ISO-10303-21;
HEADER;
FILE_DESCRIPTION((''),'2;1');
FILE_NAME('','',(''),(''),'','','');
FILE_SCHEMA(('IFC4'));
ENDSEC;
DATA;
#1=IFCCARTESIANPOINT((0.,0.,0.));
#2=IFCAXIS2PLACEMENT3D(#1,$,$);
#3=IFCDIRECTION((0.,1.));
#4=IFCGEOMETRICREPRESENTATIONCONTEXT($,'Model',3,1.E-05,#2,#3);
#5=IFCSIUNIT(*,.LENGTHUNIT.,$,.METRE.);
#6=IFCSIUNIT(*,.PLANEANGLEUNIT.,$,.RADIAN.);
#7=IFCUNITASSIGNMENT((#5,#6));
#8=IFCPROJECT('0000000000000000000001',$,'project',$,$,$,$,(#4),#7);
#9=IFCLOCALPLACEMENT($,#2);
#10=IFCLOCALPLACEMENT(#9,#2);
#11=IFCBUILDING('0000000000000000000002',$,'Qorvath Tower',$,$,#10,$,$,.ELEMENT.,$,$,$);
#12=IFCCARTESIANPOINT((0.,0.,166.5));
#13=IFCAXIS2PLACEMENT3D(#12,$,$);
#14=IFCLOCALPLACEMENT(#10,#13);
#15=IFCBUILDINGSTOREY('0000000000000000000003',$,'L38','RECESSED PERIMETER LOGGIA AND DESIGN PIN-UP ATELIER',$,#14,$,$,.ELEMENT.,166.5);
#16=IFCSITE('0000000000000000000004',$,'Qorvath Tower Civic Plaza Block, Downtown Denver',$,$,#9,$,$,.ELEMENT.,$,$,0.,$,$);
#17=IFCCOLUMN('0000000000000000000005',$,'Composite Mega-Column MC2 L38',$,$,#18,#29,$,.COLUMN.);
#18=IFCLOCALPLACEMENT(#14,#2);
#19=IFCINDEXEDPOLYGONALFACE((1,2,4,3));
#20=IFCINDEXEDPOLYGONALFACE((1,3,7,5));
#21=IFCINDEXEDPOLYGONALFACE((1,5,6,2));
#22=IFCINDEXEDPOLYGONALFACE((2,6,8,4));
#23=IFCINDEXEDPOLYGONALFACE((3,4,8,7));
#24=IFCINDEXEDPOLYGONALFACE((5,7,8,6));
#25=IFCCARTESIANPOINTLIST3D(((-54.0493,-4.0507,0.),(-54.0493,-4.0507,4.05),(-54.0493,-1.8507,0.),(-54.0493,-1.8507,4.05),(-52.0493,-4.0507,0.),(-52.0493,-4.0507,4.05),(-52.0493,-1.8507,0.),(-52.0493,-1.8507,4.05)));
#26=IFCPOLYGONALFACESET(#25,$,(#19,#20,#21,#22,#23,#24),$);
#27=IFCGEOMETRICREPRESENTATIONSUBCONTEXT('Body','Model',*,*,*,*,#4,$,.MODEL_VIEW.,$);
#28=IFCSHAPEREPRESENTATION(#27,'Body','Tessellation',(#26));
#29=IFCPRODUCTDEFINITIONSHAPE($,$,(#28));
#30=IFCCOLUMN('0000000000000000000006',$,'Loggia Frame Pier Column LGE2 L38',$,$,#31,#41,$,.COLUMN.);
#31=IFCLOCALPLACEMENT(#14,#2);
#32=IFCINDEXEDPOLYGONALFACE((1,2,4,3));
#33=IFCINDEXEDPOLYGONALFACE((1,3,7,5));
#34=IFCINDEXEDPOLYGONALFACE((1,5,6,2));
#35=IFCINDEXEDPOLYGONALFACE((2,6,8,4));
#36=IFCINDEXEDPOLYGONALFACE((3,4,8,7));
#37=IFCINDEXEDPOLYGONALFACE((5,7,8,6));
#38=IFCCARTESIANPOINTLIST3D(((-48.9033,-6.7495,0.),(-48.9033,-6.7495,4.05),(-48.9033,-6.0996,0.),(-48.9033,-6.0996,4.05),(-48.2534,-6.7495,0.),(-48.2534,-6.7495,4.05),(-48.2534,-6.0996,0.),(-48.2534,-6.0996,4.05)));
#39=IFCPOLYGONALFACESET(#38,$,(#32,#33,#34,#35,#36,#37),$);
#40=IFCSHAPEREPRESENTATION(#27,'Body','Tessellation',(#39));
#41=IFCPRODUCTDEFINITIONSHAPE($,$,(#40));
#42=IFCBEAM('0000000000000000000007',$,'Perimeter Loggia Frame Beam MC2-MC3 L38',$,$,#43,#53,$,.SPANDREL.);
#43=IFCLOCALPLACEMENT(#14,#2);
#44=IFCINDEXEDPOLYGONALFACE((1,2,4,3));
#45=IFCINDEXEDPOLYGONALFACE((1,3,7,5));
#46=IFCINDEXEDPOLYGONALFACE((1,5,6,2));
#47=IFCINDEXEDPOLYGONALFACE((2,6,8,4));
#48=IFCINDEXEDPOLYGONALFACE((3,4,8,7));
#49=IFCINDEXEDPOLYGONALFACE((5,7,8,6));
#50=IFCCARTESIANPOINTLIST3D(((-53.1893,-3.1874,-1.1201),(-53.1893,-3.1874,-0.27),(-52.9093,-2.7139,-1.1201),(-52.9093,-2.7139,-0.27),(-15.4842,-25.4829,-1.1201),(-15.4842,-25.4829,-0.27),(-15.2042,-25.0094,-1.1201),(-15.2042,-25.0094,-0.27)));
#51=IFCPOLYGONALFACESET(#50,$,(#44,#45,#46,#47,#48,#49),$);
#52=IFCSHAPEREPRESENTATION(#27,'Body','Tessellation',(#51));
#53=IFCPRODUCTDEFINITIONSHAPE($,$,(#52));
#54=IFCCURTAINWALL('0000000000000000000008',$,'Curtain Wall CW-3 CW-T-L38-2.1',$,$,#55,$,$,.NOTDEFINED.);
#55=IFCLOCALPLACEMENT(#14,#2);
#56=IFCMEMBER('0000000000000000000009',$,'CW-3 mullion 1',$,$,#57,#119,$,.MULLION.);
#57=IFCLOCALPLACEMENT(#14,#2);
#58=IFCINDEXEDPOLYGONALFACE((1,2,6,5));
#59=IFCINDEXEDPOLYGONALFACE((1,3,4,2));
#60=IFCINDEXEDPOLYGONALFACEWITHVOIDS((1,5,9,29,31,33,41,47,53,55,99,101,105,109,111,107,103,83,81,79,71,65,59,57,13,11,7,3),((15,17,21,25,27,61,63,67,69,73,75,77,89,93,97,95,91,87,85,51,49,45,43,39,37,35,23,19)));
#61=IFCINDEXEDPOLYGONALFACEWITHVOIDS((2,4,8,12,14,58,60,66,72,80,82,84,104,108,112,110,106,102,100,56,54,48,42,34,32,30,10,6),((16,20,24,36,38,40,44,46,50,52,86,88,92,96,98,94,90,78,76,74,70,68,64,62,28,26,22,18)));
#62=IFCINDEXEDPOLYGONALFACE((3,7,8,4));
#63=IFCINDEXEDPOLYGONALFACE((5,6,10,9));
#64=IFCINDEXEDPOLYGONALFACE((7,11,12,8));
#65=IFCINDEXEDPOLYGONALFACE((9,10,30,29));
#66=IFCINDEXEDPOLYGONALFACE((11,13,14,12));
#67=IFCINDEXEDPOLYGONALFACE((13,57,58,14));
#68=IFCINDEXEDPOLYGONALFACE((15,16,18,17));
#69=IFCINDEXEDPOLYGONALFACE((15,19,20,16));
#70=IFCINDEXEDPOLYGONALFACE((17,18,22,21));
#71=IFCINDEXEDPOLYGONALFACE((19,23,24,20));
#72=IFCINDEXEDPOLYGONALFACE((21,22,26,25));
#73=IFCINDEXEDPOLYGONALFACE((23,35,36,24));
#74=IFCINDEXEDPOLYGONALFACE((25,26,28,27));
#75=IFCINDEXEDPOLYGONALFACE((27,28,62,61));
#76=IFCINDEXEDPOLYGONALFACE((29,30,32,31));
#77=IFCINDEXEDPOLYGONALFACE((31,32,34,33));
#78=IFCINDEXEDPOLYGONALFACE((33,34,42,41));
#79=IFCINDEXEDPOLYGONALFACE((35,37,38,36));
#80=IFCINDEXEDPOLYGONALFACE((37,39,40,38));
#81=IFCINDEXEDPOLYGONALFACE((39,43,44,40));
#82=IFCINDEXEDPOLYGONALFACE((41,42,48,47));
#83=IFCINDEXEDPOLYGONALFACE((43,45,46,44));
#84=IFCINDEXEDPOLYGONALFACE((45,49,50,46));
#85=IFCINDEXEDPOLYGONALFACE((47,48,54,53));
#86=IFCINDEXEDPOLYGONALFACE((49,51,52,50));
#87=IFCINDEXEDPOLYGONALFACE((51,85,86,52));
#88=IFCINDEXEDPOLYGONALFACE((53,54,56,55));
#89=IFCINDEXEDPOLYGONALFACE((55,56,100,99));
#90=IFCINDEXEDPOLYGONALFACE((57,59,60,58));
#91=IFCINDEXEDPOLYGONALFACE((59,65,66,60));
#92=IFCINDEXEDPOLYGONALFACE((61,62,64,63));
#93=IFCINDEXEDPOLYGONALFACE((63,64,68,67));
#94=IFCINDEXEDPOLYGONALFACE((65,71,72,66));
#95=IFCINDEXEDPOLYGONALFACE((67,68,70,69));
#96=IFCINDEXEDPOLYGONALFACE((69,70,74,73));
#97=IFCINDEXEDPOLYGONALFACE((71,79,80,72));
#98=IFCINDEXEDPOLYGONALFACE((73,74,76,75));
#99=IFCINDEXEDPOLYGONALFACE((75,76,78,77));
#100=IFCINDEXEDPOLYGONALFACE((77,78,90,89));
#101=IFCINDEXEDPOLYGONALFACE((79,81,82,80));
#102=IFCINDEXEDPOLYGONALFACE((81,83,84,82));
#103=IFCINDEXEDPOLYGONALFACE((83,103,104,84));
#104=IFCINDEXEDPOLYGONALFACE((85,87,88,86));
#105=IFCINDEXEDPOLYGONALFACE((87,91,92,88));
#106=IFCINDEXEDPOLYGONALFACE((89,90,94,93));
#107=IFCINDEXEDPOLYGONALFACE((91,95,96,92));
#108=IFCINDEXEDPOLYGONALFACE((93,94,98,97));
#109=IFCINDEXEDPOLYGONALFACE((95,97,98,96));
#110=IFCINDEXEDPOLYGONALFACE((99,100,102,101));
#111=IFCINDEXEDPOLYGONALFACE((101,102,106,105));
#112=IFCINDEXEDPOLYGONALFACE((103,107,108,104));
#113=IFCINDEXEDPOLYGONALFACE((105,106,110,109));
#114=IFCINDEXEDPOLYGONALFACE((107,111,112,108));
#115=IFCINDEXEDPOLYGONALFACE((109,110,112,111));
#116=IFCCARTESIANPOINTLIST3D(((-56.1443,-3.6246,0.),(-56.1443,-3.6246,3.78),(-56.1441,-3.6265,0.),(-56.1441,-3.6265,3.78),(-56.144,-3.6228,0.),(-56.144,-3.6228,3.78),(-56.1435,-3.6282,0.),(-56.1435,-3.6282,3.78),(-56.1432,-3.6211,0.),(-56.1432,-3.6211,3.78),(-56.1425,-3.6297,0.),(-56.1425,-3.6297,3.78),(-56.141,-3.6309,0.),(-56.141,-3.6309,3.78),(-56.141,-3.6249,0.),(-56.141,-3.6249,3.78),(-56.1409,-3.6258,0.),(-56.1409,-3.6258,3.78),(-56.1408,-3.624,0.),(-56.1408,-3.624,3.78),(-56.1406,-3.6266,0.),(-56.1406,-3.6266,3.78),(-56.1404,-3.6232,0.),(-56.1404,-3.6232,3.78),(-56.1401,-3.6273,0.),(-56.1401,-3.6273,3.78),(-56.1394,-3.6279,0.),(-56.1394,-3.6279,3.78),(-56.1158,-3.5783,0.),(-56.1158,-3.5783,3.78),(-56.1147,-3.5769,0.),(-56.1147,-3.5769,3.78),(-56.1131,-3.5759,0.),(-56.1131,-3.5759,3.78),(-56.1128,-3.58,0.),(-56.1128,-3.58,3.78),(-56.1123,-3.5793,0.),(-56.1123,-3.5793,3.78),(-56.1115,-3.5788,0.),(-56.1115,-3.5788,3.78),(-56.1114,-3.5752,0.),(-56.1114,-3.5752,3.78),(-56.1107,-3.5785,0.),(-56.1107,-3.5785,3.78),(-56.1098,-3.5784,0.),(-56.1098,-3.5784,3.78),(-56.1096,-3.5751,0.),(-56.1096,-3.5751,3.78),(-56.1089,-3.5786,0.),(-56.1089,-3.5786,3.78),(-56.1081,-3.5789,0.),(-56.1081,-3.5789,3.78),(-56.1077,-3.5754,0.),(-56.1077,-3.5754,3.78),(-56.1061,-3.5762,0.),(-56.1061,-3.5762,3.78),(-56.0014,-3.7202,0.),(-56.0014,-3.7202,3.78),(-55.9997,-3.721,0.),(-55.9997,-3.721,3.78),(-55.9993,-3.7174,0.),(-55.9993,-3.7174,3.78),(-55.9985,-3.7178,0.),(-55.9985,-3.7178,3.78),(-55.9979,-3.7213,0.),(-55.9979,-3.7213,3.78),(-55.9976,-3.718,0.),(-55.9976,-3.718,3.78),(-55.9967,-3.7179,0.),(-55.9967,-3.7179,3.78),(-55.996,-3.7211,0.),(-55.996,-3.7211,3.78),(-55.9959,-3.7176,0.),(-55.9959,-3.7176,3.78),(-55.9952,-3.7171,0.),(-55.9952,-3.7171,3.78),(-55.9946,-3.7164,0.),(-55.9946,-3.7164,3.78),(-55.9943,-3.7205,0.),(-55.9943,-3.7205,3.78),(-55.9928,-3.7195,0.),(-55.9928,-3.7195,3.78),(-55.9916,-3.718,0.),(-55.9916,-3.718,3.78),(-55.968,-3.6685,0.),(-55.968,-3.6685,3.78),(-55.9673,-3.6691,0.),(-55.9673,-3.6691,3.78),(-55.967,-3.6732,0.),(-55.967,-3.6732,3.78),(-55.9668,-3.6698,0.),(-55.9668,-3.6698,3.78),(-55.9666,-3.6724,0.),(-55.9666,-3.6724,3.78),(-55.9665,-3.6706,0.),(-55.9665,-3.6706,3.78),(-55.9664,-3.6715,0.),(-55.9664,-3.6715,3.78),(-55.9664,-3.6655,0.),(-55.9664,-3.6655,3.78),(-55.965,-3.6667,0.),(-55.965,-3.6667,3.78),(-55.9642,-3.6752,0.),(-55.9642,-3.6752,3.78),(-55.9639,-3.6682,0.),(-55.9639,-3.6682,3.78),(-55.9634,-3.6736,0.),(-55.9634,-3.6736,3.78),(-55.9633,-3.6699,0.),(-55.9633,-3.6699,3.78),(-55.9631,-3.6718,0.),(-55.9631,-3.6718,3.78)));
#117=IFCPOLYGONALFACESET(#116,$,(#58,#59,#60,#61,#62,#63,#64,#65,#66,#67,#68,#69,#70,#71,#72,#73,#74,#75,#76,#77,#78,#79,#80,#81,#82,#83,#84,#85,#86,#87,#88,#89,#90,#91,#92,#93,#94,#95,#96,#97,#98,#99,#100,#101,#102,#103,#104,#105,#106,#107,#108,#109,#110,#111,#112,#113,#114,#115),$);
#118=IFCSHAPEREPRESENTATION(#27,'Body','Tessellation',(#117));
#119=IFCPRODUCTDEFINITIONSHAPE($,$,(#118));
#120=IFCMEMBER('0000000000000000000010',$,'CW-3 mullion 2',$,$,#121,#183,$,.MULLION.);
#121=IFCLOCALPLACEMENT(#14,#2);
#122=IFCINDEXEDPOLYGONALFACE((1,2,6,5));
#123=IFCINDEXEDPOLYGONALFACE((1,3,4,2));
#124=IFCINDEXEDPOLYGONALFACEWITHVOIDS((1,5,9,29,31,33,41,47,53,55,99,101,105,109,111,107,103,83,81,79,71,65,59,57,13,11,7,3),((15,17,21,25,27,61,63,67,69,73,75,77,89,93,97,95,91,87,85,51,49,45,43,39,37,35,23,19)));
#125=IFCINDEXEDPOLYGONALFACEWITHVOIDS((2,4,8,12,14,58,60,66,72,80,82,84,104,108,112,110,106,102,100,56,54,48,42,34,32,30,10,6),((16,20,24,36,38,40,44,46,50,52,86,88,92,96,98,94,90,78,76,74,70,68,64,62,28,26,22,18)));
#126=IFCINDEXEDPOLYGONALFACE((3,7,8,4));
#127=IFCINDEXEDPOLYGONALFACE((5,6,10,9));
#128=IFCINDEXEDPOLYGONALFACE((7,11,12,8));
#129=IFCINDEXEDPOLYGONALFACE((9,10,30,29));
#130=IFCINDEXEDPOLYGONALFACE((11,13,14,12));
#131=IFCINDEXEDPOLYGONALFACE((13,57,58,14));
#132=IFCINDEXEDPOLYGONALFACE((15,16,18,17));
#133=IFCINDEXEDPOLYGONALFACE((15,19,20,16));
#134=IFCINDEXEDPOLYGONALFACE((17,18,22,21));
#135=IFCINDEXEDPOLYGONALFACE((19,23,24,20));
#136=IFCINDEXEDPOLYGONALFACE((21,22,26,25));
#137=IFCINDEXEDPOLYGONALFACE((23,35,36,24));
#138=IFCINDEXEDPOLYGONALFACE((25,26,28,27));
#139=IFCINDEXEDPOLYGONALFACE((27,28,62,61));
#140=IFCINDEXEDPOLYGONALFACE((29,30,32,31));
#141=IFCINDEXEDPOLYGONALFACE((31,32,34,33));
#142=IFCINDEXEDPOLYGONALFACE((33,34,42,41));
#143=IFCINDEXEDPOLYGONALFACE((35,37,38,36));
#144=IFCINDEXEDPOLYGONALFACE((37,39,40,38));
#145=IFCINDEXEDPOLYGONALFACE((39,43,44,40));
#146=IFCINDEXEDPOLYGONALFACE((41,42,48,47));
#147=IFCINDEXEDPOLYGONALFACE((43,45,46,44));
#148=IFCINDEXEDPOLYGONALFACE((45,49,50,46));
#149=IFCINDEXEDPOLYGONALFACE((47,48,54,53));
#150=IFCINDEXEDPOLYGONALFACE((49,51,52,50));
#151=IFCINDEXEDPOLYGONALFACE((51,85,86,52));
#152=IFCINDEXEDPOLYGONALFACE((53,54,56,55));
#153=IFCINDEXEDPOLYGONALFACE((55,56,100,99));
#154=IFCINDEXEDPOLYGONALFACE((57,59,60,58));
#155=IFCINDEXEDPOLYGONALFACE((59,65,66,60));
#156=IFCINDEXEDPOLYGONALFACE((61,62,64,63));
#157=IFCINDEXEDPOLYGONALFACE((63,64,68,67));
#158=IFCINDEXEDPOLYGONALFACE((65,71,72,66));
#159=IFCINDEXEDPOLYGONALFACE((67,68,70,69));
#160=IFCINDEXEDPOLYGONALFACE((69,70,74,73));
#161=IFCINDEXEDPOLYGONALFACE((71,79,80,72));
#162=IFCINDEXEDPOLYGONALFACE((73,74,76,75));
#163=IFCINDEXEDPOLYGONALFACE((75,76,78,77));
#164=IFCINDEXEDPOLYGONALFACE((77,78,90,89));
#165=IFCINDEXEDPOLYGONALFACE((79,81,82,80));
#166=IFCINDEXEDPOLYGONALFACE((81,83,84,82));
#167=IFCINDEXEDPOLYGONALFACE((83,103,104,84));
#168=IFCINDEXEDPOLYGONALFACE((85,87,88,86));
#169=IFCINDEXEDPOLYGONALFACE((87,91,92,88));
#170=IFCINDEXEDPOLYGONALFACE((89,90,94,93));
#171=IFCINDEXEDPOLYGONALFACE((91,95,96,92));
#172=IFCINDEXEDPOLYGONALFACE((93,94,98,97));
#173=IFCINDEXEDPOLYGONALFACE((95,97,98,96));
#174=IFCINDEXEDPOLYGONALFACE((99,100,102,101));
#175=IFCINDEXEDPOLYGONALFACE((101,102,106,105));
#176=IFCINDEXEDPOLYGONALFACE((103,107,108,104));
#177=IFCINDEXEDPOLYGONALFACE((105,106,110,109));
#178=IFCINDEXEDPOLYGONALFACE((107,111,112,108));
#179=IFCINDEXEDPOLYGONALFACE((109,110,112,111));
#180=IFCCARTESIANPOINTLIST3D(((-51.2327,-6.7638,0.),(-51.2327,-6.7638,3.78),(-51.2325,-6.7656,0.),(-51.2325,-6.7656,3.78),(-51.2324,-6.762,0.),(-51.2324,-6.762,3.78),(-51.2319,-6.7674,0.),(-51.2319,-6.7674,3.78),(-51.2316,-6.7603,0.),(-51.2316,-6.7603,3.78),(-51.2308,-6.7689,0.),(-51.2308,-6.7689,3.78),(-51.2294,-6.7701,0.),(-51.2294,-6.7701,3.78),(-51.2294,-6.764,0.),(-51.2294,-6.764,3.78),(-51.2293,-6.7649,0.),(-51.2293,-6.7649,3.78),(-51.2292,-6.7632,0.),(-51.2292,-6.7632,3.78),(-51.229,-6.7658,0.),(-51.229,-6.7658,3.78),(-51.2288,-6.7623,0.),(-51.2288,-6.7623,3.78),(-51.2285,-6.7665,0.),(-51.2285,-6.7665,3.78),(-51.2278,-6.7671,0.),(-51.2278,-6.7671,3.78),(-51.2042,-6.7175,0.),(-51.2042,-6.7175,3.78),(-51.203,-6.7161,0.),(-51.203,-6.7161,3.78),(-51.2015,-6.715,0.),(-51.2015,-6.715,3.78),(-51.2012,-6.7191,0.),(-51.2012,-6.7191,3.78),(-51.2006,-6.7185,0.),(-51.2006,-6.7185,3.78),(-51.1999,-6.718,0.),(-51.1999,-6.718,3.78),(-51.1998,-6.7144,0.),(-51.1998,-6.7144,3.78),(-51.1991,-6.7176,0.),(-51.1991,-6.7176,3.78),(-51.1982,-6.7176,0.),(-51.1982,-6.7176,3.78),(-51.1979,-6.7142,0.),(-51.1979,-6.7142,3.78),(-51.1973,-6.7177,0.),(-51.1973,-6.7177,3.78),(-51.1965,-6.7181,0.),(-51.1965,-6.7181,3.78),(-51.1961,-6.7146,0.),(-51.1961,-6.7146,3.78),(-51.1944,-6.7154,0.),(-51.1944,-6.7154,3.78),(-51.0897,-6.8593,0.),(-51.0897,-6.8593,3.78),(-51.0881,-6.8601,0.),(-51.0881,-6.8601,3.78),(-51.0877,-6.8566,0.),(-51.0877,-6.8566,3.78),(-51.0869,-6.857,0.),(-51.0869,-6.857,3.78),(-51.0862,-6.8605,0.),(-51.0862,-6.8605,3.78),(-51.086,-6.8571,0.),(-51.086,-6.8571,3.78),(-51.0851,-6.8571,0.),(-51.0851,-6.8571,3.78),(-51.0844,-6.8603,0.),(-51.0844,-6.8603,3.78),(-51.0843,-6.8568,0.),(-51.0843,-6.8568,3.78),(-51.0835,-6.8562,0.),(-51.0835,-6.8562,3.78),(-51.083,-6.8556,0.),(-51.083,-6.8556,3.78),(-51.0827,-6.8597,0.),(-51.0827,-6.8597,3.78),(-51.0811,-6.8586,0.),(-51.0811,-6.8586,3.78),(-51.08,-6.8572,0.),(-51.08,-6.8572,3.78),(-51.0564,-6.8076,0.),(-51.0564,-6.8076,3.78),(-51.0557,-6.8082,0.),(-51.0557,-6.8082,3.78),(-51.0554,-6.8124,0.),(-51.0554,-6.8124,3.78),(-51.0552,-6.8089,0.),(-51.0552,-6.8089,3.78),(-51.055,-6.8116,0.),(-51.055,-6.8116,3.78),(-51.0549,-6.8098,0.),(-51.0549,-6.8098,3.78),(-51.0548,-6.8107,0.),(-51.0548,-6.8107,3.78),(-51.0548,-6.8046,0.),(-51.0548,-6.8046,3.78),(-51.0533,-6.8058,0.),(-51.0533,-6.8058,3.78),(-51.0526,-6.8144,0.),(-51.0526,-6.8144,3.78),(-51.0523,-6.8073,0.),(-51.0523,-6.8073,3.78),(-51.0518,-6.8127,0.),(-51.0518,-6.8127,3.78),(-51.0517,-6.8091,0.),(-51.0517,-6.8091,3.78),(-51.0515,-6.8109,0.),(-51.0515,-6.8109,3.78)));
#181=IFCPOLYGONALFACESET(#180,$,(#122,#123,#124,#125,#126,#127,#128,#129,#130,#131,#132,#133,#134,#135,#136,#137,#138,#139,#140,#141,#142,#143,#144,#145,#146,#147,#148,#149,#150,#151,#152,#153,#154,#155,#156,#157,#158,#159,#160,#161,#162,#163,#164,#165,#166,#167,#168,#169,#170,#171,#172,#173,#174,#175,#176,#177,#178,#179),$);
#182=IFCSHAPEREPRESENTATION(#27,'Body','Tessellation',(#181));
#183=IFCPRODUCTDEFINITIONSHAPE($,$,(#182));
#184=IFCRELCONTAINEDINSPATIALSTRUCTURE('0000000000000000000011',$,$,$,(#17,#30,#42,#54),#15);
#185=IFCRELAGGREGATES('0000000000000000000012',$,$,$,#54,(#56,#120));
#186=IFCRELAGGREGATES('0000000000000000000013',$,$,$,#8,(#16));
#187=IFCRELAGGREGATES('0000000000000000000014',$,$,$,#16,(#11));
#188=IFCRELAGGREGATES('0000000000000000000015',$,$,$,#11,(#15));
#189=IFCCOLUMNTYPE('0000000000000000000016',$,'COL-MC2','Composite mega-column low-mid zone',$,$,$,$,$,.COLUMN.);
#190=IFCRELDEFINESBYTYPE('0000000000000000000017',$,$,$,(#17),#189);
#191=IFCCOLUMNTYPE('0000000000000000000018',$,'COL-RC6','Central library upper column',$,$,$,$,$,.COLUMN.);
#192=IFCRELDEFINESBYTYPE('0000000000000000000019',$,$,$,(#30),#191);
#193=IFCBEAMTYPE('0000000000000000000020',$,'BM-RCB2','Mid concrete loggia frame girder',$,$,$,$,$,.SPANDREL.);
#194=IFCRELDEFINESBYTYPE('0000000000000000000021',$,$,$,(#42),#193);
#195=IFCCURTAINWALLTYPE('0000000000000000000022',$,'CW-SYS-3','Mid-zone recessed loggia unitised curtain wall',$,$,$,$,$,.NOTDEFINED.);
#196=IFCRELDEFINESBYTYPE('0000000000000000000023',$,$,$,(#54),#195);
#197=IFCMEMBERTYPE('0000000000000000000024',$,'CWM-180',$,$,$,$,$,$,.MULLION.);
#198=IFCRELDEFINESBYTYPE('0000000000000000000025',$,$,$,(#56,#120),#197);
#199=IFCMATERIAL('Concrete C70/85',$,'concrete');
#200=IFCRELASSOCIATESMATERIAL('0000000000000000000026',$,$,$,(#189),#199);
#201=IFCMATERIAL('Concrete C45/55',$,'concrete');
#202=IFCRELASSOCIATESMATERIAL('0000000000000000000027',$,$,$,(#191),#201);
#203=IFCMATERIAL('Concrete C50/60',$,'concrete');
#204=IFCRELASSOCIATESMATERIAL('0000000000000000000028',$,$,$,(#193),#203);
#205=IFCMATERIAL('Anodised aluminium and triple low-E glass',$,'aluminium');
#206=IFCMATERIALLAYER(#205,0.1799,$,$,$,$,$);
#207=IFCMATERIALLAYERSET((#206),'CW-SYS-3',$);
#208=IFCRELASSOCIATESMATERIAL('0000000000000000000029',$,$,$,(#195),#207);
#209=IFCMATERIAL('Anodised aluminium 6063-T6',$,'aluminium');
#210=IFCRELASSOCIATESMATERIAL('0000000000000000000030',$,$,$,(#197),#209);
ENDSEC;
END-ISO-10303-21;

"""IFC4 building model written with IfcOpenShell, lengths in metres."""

from ifc_helpers import new_model, si_unit, direction, frame, origin, origin_2d, place, context, subcontext, project, spatial, rectangle, hollow_rectangle, extrude, material, layer, layer_set, material_profile, profile_set, type_object, element, aggregate, save


model = new_model("IFC4")

# Units and contexts
model_context = context("Model", 3, precision=1e-05, world=origin(), true_north=direction((0.0, 1.0)))
body_context = subcontext(model_context, "Body", "Model", "MODEL_VIEW")
ifc_project = project(units=[si_unit("LENGTHUNIT", "METRE"), si_unit("PLANEANGLEUNIT", "RADIAN")], contexts=[model_context])

# Site, building, storey
site_placement = place(None, origin())
site = spatial("IfcSite", under=ifc_project, at=site_placement, Name="Qorvath Tower Civic Plaza Block, Downtown Denver", CompositionType="ELEMENT", RefElevation=0.0)
building_placement = place(site_placement, origin())
building = spatial("IfcBuilding", under=site, at=building_placement, Name="Qorvath Tower", CompositionType="ELEMENT")
storey_placement = place(building_placement, frame((0.0, 0.0, 166.5)))
storey = spatial("IfcBuildingStorey", under=building, at=storey_placement, Name="L38", Description="RECESSED PERIMETER LOGGIA AND DESIGN PIN-UP ATELIER", CompositionType="ELEMENT", Elevation=166.5)

# Columns
ifc_material_1 = material(Name="Concrete C70/85", Category="concrete")
ifc_material_profile_1 = material_profile(ifc_material_1, rectangle(XDim=2.0, YDim=2.2, at=origin_2d()), Name="MC 2200x2000")
ifc_profile_set_1 = profile_set([ifc_material_profile_1], Name="Concrete C70/85")
column_type_1 = type_object("IfcColumnType", Name="COL-MC2", Description="Composite mega-column low-mid zone", PredefinedType="COLUMN", material=ifc_profile_set_1)
column_1_placement = place(storey_placement, frame((-53.0493, -2.9507, 0.0), z_axis=(0.0, 0.0, 1.0), x_axis=(1.0, 0.0, 0.0)))
element("IfcColumn", 1, at=column_1_placement, inside=storey, type_object=column_type_1, Name="Composite Mega-Column MC2 L38", PredefinedType="COLUMN", context=body_context, shape_type="SweptSolid", body=[
    extrude(rectangle(XDim=2.0, YDim=2.2, at=origin_2d()), origin(), (0.0, 0.0, 1.0), 4.05),
])
ifc_material_2 = material(Name="Concrete C45/55", Category="concrete")
ifc_material_profile_2 = material_profile(ifc_material_2, rectangle(XDim=0.6499, YDim=0.6499, at=origin_2d()), Name="RC 650x650")
ifc_profile_set_2 = profile_set([ifc_material_profile_2], Name="Concrete C45/55")
column_type_2 = type_object("IfcColumnType", Name="COL-RC6", Description="Central library upper column", PredefinedType="COLUMN", material=ifc_profile_set_2)
column_2_placement = place(storey_placement, frame((-48.5784, -6.4246, 0.0), z_axis=(0.0, 0.0, 1.0), x_axis=(1.0, 0.0, 0.0)))
element("IfcColumn", 2, at=column_2_placement, inside=storey, type_object=column_type_2, Name="Loggia Frame Pier Column LGE2 L38", PredefinedType="COLUMN", context=body_context, shape_type="SweptSolid", body=[
    extrude(rectangle(XDim=0.6499, YDim=0.6499, at=origin_2d()), origin(), (0.0, 0.0, 1.0), 4.05),
])

# Beam
ifc_material_3 = material(Name="Concrete C50/60", Category="concrete")
ifc_material_profile_3 = material_profile(ifc_material_3, rectangle(XDim=0.55, YDim=0.8501, at=origin_2d()), Name="RCB 850x550")
ifc_profile_set_3 = profile_set([ifc_material_profile_3], Name="Concrete C50/60")
beam_type = type_object("IfcBeamType", Name="BM-RCB2", Description="Mid concrete loggia frame girder", PredefinedType="SPANDREL", material=ifc_profile_set_3)
beam_placement = place(storey_placement, frame((-53.0493, -2.9507, -0.6951), z_axis=(0.860775, -0.508985, 0.0), x_axis=(0.508985, 0.860775, 0.0)))
element("IfcBeam", 3, at=beam_placement, inside=storey, type_object=beam_type, Name="Perimeter Loggia Frame Beam MC2-MC3 L38", PredefinedType="SPANDREL", context=body_context, shape_type="SweptSolid", body=[
    extrude(rectangle(XDim=0.55, YDim=0.8501, at=origin_2d()), origin(), (0.0, 0.0, 1.0), 43.8037),
])

# Curtain wall, members
ifc_material_4 = material(Name="Anodised aluminium and triple low-E glass", Category="aluminium")
ifc_layer_1 = layer(ifc_material_4, 0.1799)
ifc_layer_set_1 = layer_set([ifc_layer_1], Name="CW-SYS-3")
curtain_wall_type = type_object("IfcCurtainWallType", Name="CW-SYS-3", Description="Mid-zone recessed loggia unitised curtain wall", PredefinedType="NOTDEFINED", material=ifc_layer_set_1)
curtain_wall_placement = place(storey_placement, origin())
curtain_wall = element("IfcCurtainWall", 4, at=curtain_wall_placement, inside=storey, type_object=curtain_wall_type, Name="Curtain Wall CW-3 CW-T-L38-2.1", PredefinedType="NOTDEFINED")
ifc_material_5 = material(Name="Anodised aluminium 6063-T6", Category="aluminium")
ifc_material_profile_4 = material_profile(ifc_material_5, hollow_rectangle(XDim=0.0649, YDim=0.1799, WallThickness=0.0034, InnerFilletRadius=0.0034, OuterFilletRadius=0.0071, at=origin_2d()), Name="CWM 180x65")
ifc_profile_set_4 = profile_set([ifc_material_profile_4], Name="Anodised aluminium 6063-T6")
member_type_1 = type_object("IfcMemberType", Name="CWM-180", PredefinedType="MULLION", material=ifc_profile_set_4)
member_1_placement = place(storey_placement, frame((-56.0537, -3.6482, 0.0), z_axis=(0.0, 0.0, 1.0), x_axis=(0.538529, 0.842607, 0.0)))
member_1 = element("IfcMember", 5, at=member_1_placement, type_object=member_type_1, Name="CW-3 mullion 1", PredefinedType="MULLION", context=body_context, shape_type="SweptSolid", body=[
    extrude(hollow_rectangle(XDim=0.0649, YDim=0.1799, WallThickness=0.0034, InnerFilletRadius=0.0034, OuterFilletRadius=0.0071, at=origin_2d()), origin(), (0.0, 0.0, 1.0), 3.78),
])
member_2_placement = place(storey_placement, frame((-51.1421, -6.7874, 0.0), z_axis=(0.0, 0.0, 1.0), x_axis=(0.538529, 0.842607, 0.0)))
member_2 = element("IfcMember", 6, at=member_2_placement, type_object=member_type_1, Name="CW-3 mullion 2", PredefinedType="MULLION", context=body_context, shape_type="SweptSolid", body=[
    extrude(hollow_rectangle(XDim=0.0649, YDim=0.1799, WallThickness=0.0034, InnerFilletRadius=0.0034, OuterFilletRadius=0.0071, at=origin_2d()), origin(), (0.0, 0.0, 1.0), 3.78),
])
aggregate(curtain_wall, [member_1, member_2])

save(model, "model.ifc")
